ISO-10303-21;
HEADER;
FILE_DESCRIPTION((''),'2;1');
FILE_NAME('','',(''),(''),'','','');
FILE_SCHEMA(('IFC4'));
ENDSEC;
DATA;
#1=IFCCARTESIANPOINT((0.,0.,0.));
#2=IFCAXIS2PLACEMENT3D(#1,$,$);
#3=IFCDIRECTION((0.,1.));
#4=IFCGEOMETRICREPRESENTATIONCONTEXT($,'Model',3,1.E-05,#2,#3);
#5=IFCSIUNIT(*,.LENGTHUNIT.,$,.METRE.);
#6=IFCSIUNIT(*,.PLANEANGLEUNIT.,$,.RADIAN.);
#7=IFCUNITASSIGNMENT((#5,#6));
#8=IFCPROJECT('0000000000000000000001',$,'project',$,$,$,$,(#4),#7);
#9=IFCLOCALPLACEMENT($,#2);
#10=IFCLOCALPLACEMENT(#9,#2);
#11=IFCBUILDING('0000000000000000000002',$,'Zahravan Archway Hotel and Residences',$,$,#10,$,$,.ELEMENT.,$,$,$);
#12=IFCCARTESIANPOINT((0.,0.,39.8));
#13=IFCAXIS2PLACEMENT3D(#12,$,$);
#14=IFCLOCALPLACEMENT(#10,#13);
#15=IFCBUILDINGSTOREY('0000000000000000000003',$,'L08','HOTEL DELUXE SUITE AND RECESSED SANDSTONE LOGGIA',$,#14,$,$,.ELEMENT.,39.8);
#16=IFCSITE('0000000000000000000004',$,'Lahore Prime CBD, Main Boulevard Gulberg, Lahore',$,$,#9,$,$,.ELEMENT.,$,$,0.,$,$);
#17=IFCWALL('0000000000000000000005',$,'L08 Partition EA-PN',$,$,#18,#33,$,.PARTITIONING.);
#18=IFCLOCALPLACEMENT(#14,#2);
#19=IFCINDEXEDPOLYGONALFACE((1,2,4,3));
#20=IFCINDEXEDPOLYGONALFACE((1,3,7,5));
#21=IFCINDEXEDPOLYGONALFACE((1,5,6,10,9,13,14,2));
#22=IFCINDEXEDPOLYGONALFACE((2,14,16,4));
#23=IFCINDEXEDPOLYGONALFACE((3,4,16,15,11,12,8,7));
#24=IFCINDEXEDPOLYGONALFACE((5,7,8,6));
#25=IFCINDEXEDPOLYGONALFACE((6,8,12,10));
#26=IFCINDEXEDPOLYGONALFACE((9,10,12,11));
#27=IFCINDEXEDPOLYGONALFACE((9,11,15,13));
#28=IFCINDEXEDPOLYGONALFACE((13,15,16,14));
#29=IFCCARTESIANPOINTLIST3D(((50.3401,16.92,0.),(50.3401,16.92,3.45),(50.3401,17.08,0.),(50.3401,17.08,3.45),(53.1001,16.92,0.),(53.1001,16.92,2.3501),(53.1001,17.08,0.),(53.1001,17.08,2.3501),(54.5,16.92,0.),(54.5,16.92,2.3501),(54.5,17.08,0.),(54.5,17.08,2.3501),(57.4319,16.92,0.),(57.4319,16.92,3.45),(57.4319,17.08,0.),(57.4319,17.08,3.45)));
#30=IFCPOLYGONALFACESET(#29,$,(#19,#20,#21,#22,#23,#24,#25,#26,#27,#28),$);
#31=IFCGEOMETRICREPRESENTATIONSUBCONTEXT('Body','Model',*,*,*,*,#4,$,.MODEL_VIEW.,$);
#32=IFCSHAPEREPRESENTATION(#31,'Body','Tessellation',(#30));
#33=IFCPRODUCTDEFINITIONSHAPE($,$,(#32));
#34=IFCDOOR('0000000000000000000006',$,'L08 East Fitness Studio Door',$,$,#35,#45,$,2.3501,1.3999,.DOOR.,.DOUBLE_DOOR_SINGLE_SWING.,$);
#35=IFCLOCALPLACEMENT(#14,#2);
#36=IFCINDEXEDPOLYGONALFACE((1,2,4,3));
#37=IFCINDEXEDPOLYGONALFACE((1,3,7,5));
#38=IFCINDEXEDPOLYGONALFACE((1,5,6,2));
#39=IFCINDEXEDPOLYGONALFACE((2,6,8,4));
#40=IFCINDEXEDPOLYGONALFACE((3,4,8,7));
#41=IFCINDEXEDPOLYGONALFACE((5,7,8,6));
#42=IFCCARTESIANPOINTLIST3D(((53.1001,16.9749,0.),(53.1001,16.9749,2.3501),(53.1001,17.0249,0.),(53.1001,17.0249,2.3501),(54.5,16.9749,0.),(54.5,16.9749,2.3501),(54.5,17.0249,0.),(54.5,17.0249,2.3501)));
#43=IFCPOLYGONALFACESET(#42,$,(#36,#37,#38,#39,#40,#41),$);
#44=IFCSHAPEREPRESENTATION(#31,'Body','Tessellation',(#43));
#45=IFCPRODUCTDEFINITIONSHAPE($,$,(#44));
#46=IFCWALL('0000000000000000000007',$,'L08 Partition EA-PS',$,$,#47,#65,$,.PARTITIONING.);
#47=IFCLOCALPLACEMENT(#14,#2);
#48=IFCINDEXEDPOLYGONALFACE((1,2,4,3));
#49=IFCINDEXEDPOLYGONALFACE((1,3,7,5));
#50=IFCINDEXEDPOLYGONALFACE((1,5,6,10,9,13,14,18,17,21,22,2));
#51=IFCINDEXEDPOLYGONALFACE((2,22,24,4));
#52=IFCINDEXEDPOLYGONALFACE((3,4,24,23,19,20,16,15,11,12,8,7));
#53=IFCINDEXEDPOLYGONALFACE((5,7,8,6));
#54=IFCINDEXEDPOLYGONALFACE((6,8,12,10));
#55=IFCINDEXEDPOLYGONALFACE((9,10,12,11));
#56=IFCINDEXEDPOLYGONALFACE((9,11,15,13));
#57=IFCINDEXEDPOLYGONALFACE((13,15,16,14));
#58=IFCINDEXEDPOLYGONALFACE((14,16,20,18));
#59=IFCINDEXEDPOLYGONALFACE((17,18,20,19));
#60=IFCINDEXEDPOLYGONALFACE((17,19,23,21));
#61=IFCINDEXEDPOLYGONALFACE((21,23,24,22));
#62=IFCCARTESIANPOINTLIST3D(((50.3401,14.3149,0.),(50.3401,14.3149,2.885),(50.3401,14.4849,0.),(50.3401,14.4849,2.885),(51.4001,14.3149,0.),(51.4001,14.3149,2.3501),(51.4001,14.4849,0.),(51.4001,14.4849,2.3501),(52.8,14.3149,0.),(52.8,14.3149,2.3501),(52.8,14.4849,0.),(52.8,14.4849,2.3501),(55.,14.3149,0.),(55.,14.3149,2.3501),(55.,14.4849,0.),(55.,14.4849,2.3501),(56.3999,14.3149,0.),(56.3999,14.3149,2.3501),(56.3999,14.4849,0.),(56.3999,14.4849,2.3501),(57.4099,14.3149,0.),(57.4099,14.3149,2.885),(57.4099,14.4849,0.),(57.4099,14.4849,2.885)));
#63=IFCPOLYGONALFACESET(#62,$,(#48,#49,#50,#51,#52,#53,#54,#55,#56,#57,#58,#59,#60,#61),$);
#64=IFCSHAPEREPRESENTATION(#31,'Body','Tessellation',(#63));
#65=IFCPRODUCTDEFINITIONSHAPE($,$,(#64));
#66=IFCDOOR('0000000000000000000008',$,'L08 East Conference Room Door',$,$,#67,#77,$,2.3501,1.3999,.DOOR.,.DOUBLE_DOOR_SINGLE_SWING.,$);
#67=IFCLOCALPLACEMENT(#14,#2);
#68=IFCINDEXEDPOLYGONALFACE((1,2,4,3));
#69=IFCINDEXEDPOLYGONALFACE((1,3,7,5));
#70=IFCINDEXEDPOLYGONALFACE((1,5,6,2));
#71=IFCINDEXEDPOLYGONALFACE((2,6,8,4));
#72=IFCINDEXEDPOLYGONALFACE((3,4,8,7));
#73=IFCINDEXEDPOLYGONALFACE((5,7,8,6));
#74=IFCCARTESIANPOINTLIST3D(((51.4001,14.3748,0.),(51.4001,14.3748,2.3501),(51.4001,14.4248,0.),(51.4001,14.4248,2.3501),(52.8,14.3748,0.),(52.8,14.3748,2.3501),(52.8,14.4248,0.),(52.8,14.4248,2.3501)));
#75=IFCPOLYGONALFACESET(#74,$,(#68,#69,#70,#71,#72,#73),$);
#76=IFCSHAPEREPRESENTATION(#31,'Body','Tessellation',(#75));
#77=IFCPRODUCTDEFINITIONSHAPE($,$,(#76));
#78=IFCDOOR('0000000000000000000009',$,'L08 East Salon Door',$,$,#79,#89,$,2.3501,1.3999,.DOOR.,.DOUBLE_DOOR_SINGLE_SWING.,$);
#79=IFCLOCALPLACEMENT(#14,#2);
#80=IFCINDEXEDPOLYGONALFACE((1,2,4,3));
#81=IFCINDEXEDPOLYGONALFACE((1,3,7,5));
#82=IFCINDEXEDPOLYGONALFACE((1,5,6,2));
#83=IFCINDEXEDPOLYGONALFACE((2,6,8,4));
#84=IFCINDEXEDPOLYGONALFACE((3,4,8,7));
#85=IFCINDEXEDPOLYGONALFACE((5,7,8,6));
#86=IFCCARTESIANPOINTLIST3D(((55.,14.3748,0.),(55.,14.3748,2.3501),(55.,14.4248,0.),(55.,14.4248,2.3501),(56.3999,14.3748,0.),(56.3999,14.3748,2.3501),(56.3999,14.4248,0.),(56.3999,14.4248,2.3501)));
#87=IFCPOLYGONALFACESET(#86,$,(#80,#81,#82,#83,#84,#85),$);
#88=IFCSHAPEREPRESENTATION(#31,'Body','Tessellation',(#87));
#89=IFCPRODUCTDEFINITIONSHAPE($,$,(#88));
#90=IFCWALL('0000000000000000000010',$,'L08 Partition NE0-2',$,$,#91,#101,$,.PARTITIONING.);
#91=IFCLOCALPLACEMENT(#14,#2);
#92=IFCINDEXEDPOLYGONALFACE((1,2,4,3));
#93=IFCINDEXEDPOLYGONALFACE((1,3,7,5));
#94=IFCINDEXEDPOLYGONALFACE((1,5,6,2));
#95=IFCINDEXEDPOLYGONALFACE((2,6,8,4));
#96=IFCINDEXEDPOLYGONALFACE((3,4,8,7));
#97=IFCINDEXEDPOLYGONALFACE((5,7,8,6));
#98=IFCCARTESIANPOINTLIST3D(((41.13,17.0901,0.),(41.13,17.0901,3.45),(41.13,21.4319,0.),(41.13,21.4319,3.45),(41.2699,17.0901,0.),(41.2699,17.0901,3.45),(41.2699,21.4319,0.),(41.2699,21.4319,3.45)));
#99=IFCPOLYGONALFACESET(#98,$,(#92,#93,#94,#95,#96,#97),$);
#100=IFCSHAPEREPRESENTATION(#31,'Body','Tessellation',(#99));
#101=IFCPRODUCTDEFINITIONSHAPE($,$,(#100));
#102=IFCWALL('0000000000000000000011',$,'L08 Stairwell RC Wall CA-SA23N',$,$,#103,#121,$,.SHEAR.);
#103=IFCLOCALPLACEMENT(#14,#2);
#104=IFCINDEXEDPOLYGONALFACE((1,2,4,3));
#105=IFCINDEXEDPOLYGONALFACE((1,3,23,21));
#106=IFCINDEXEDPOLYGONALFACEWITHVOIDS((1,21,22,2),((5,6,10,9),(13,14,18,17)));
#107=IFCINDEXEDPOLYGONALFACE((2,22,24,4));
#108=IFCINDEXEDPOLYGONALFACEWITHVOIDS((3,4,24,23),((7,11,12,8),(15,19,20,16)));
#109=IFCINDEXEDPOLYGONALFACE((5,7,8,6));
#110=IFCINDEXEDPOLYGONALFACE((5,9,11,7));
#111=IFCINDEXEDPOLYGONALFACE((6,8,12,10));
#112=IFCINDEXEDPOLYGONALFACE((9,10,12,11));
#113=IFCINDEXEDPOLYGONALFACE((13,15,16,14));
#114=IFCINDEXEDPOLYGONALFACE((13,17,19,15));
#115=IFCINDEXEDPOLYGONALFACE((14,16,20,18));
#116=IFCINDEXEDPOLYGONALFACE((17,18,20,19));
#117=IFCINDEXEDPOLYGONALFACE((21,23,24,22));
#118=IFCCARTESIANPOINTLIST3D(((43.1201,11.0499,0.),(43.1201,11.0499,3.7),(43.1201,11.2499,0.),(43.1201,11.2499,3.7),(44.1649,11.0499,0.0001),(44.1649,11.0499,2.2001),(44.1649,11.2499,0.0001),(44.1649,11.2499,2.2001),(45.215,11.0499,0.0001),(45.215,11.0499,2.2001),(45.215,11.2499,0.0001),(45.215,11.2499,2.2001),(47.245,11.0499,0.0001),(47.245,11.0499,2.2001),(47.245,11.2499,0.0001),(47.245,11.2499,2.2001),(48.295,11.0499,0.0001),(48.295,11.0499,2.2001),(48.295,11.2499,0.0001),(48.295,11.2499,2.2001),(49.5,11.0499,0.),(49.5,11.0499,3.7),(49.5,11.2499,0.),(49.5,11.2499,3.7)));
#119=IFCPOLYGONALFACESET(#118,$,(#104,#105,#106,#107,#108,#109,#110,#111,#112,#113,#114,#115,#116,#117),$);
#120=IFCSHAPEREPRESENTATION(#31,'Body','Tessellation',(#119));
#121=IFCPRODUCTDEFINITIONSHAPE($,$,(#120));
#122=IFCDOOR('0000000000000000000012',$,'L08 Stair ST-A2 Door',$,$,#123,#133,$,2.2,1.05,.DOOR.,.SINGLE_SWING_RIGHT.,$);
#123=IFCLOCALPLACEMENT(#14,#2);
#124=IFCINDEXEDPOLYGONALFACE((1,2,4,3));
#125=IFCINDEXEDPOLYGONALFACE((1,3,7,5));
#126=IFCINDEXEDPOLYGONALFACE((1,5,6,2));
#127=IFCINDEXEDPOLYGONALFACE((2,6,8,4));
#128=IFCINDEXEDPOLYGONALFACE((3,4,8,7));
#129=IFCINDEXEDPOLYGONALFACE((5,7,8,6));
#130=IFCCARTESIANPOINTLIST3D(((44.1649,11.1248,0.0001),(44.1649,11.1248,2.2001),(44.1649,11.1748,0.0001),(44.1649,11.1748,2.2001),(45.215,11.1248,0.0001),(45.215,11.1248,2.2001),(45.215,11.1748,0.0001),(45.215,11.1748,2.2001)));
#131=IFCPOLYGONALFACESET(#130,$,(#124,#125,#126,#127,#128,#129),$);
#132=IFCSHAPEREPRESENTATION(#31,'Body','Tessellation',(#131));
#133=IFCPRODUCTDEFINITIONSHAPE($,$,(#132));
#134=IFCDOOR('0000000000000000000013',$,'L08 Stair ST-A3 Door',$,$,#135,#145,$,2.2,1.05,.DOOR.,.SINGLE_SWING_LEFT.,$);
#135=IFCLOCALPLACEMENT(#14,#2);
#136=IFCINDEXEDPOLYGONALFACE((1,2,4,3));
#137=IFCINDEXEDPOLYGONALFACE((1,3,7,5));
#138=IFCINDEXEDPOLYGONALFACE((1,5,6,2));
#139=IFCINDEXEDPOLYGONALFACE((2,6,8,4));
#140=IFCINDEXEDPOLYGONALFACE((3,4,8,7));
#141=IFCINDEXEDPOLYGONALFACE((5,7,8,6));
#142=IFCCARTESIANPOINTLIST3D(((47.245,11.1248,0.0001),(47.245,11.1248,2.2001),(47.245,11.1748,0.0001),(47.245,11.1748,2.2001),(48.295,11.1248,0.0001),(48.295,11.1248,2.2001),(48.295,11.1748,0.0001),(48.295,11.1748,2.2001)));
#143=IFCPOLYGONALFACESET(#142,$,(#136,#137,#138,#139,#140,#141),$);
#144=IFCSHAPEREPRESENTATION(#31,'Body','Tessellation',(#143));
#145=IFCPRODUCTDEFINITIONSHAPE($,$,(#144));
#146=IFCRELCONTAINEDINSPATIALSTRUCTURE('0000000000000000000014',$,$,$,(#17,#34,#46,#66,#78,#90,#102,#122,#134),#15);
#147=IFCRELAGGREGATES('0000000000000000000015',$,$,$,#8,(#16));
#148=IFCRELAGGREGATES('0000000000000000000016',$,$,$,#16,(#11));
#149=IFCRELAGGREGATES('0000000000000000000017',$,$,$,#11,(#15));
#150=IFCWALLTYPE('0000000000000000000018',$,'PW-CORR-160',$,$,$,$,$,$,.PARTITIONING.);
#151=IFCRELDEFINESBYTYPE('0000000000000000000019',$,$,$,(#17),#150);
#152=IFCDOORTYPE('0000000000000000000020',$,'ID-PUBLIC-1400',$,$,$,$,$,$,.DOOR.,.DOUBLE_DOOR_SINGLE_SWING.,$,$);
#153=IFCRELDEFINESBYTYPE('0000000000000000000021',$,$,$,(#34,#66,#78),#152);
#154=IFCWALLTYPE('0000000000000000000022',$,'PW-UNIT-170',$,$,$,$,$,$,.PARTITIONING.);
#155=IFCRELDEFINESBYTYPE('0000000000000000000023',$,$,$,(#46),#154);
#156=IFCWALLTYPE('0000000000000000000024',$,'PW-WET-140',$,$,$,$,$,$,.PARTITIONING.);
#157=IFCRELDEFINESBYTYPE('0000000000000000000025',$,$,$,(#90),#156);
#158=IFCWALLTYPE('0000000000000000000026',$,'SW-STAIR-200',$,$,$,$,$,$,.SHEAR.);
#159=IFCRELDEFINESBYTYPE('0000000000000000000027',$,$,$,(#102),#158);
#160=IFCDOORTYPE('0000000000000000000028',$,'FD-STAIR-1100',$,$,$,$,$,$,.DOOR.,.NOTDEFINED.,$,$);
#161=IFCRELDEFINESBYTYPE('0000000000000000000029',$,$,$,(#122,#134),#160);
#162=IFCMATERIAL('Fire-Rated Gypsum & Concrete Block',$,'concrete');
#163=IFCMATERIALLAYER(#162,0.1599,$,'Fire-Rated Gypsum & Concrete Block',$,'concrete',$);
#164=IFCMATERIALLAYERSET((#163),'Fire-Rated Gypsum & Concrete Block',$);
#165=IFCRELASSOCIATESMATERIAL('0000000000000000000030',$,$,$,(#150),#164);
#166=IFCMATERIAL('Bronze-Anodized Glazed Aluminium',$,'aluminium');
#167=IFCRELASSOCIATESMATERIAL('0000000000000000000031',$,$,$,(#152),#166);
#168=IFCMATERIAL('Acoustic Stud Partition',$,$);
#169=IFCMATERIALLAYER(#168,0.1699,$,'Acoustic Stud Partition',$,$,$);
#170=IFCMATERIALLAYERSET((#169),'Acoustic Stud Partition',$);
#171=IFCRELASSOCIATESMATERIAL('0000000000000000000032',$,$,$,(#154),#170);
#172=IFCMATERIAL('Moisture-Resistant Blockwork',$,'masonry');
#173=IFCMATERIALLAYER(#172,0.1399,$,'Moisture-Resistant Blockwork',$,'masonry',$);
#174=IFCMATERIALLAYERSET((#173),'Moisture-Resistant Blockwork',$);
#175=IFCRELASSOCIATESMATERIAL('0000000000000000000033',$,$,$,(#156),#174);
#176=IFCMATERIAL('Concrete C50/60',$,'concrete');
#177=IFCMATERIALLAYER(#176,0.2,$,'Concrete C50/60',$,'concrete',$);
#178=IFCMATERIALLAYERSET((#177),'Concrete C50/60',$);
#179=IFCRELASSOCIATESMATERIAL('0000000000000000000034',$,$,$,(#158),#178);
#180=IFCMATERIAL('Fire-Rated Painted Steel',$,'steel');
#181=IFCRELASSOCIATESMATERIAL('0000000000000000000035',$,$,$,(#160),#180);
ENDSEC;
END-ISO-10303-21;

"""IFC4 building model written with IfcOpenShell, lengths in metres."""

from ifc_helpers import new_model, si_unit, direction, frame, frame_2d, origin, place, context, subcontext, project, spatial, rectangle, extrude, source, transform, mapped, material, layer, layer_set, type_object, type_shapes, element, fill, save


model = new_model("IFC4")

# Units and contexts
model_context = context("Model", 3, precision=1e-05, world=origin(), true_north=direction((0.0, 1.0)))
body_context = subcontext(model_context, "Body", "Model", "MODEL_VIEW")
ifc_project = project(units=[si_unit("LENGTHUNIT", "METRE"), si_unit("PLANEANGLEUNIT", "RADIAN")], contexts=[model_context])

# Site, building, storey
site_placement = place(None, origin())
site = spatial("IfcSite", under=ifc_project, at=site_placement, Name="Lahore Prime CBD, Main Boulevard Gulberg, Lahore", CompositionType="ELEMENT", RefElevation=0.0)
building_placement = place(site_placement, origin())
building = spatial("IfcBuilding", under=site, at=building_placement, Name="Zahravan Archway Hotel and Residences", CompositionType="ELEMENT")
storey_placement = place(building_placement, frame((0.0, 0.0, 39.8)))
storey = spatial("IfcBuildingStorey", under=building, at=storey_placement, Name="L08", Description="HOTEL DELUXE SUITE AND RECESSED SANDSTONE LOGGIA", CompositionType="ELEMENT", Elevation=39.8)

# Wall, opening, door
ifc_material_1 = material(Name="Fire-Rated Gypsum & Concrete Block", Category="concrete")
ifc_material_2 = material(Name="Fire-Rated Painted Steel", Category="steel")
ifc_layer_1 = layer(ifc_material_1, 0.1599, Name="Fire-Rated Gypsum & Concrete Block", Category="concrete")
ifc_layer_set_1 = layer_set([ifc_layer_1], Name="Fire-Rated Gypsum & Concrete Block")
wall_type_1 = type_object("IfcWallType", Name="PW-CORR-160", PredefinedType="PARTITIONING", material=ifc_layer_set_1)
wall_1_placement = place(storey_placement, frame((50.3401, 17.0, 0.0), z_axis=(0.0, 0.0, 1.0), x_axis=(1.0, 0.0, 0.0)))
wall_1 = element("IfcWall", 1, at=wall_1_placement, inside=storey, type_object=wall_type_1, Name="L08 Partition EA-PN", PredefinedType="PARTITIONING", context=body_context, shape_type="SweptSolid", body=[
    extrude(rectangle(XDim=7.0918, YDim=0.1599, at=frame_2d((3.5459, 0.0))), origin(), (0.0, 0.0, 1.0), 3.45),
])
opening_1_placement = place(wall_1_placement, frame((2.76, 0.0, 0.0)))
opening_1 = element("IfcOpeningElement", 2, at=opening_1_placement, cuts=wall_1, PredefinedType="OPENING", context=body_context, shape_type="SweptSolid", body=[
    extrude(rectangle(XDim=1.3999, YDim=2.3501, at=frame_2d((0.7, 1.175))), frame((0.0, 0.0898, 0.0), z_axis=(0.0, -1.0, 0.0), x_axis=(1.0, 0.0, 0.0)), (0.0, 0.0, 1.0), 0.1799),
])
ifc_material_3 = material(Name="Bronze-Anodized Glazed Aluminium", Category="aluminium")
door_type_1 = type_object("IfcDoorType", Name="ID-PUBLIC-1400", OperationType="DOUBLE_DOOR_SINGLE_SWING", PredefinedType="DOOR", material=ifc_material_3)
shared_shape_1 = source(origin(), body_context, "Body", "SweptSolid", [
    extrude(rectangle(XDim=1.3999, YDim=2.3501, at=frame_2d((0.7, 1.175))), frame((0.0, 0.0249, 0.0), z_axis=(0.0, -1.0, 0.0), x_axis=(1.0, 0.0, 0.0)), (0.0, 0.0, 1.0), 0.05),
])
type_shapes(door_type_1, [shared_shape_1])
door_1_placement = place(opening_1_placement, origin())
door_1 = element("IfcDoor", 3, at=door_1_placement, inside=storey, type_object=door_type_1, Name="L08 East Fitness Studio Door", OperationType="DOUBLE_DOOR_SINGLE_SWING", OverallHeight=2.3501, OverallWidth=1.3999, PredefinedType="DOOR", context=body_context, shape_type="MappedRepresentation", body=[
    mapped(shared_shape_1, transform((0.0, 0.0, 0.0), scale=1.0)),
])
fill(opening_1, door_1)

# Wall, openings, doors
ifc_material_4 = material(Name="Acoustic Stud Partition")
ifc_layer_2 = layer(ifc_material_4, 0.1699, Name="Acoustic Stud Partition")
ifc_layer_set_2 = layer_set([ifc_layer_2], Name="Acoustic Stud Partition")
wall_type_2 = type_object("IfcWallType", Name="PW-UNIT-170", PredefinedType="PARTITIONING", material=ifc_layer_set_2)
wall_2_placement = place(storey_placement, frame((50.3401, 14.3999, 0.0), z_axis=(0.0, 0.0, 1.0), x_axis=(1.0, 0.0, 0.0)))
wall_2 = element("IfcWall", 4, at=wall_2_placement, inside=storey, type_object=wall_type_2, Name="L08 Partition EA-PS", PredefinedType="PARTITIONING", context=body_context, shape_type="SweptSolid", body=[
    extrude(rectangle(XDim=7.0698, YDim=0.1699, at=frame_2d((3.5349, 0.0))), origin(), (0.0, 0.0, 1.0), 2.885),
])
opening_2_placement = place(wall_2_placement, frame((1.0601, 0.0, 0.0)))
opening_2 = element("IfcOpeningElement", 5, at=opening_2_placement, cuts=wall_2, PredefinedType="OPENING", context=body_context, shape_type="SweptSolid", body=[
    extrude(rectangle(XDim=1.3999, YDim=2.3501, at=frame_2d((0.7, 1.175))), frame((0.0, 0.095, 0.0), z_axis=(0.0, -1.0, 0.0), x_axis=(1.0, 0.0, 0.0)), (0.0, 0.0, 1.0), 0.1899),
])
opening_3_placement = place(wall_2_placement, frame((4.6599, 0.0, 0.0)))
opening_3 = element("IfcOpeningElement", 6, at=opening_3_placement, cuts=wall_2, PredefinedType="OPENING", context=body_context, shape_type="SweptSolid", body=[
    extrude(rectangle(XDim=1.3999, YDim=2.3501, at=frame_2d((0.7, 1.175))), frame((0.0, 0.095, 0.0), z_axis=(0.0, -1.0, 0.0), x_axis=(1.0, 0.0, 0.0)), (0.0, 0.0, 1.0), 0.1899),
])
door_2_placement = place(opening_2_placement, origin())
door_2 = element("IfcDoor", 7, at=door_2_placement, inside=storey, type_object=door_type_1, Name="L08 East Conference Room Door", OperationType="DOUBLE_DOOR_SINGLE_SWING", OverallHeight=2.3501, OverallWidth=1.3999, PredefinedType="DOOR", context=body_context, shape_type="MappedRepresentation", body=[
    mapped(shared_shape_1, transform((0.0, 0.0, 0.0), scale=1.0)),
])
fill(opening_2, door_2)
door_3_placement = place(opening_3_placement, origin())
door_3 = element("IfcDoor", 8, at=door_3_placement, inside=storey, type_object=door_type_1, Name="L08 East Salon Door", OperationType="DOUBLE_DOOR_SINGLE_SWING", OverallHeight=2.3501, OverallWidth=1.3999, PredefinedType="DOOR", context=body_context, shape_type="MappedRepresentation", body=[
    mapped(shared_shape_1, transform((0.0, 0.0, 0.0), scale=1.0)),
])
fill(opening_3, door_3)

# Wall
ifc_material_5 = material(Name="Moisture-Resistant Blockwork", Category="masonry")
ifc_layer_3 = layer(ifc_material_5, 0.1399, Name="Moisture-Resistant Blockwork", Category="masonry")
ifc_layer_set_3 = layer_set([ifc_layer_3], Name="Moisture-Resistant Blockwork")
wall_type_3 = type_object("IfcWallType", Name="PW-WET-140", PredefinedType="PARTITIONING", material=ifc_layer_set_3)
wall_3_placement = place(storey_placement, frame((41.2, 17.0901, 0.0), z_axis=(0.0, 0.0, 1.0), x_axis=(0.0, 1.0, 0.0)))
element("IfcWall", 9, at=wall_3_placement, inside=storey, type_object=wall_type_3, Name="L08 Partition NE0-2", PredefinedType="PARTITIONING", context=body_context, shape_type="SweptSolid", body=[
    extrude(rectangle(XDim=4.3418, YDim=0.1399, at=frame_2d((2.1709, 0.0))), origin(), (0.0, 0.0, 1.0), 3.45),
])

# Wall, openings, doors
ifc_material_6 = material(Name="Concrete C50/60", Category="concrete")
ifc_layer_4 = layer(ifc_material_6, 0.2, Name="Concrete C50/60", Category="concrete")
ifc_layer_set_4 = layer_set([ifc_layer_4], Name="Concrete C50/60")
wall_type_4 = type_object("IfcWallType", Name="SW-STAIR-200", PredefinedType="SHEAR", material=ifc_layer_set_4)
wall_4_placement = place(storey_placement, frame((43.1201, 11.1499, 0.0), z_axis=(0.0, 0.0, 1.0), x_axis=(1.0, 0.0, 0.0)))
wall_4 = element("IfcWall", 10, at=wall_4_placement, inside=storey, type_object=wall_type_4, Name="L08 Stairwell RC Wall CA-SA23N", PredefinedType="SHEAR", context=body_context, shape_type="SweptSolid", body=[
    extrude(rectangle(XDim=6.3799, YDim=0.2, at=frame_2d((3.1899, 0.0))), origin(), (0.0, 0.0, 1.0), 3.7),
])
opening_4_placement = place(wall_4_placement, frame((1.0449, 0.0, 0.0)))
opening_4 = element("IfcOpeningElement", 11, at=opening_4_placement, cuts=wall_4, PredefinedType="OPENING", context=body_context, shape_type="SweptSolid", body=[
    extrude(rectangle(XDim=1.05, YDim=2.2, at=frame_2d((0.5249, 1.1001))), frame((0.0, 0.1099, 0.0), z_axis=(0.0, -1.0, 0.0), x_axis=(1.0, 0.0, 0.0)), (0.0, 0.0, 1.0), 0.22),
])
opening_5_placement = place(wall_4_placement, frame((4.125, 0.0, 0.0)))
opening_5 = element("IfcOpeningElement", 12, at=opening_5_placement, cuts=wall_4, PredefinedType="OPENING", context=body_context, shape_type="SweptSolid", body=[
    extrude(rectangle(XDim=1.05, YDim=2.2, at=frame_2d((0.5249, 1.1001))), frame((0.0, 0.1099, 0.0), z_axis=(0.0, -1.0, 0.0), x_axis=(1.0, 0.0, 0.0)), (0.0, 0.0, 1.0), 0.22),
])
door_type_2 = type_object("IfcDoorType", Name="FD-STAIR-1100", OperationType="NOTDEFINED", PredefinedType="DOOR", material=ifc_material_2)
shared_shape_2 = source(origin(), body_context, "Body", "SweptSolid", [
    extrude(rectangle(XDim=1.05, YDim=2.2, at=frame_2d((0.5249, 1.1001))), frame((0.0, 0.0249, 0.0), z_axis=(0.0, -1.0, 0.0), x_axis=(1.0, 0.0, 0.0)), (0.0, 0.0, 1.0), 0.05),
])
type_shapes(door_type_2, [shared_shape_2])
door_4_placement = place(opening_4_placement, origin())
door_4 = element("IfcDoor", 13, at=door_4_placement, inside=storey, type_object=door_type_2, Name="L08 Stair ST-A2 Door", OperationType="SINGLE_SWING_RIGHT", OverallHeight=2.2, OverallWidth=1.05, PredefinedType="DOOR", context=body_context, shape_type="MappedRepresentation", body=[
    mapped(shared_shape_2, transform((0.0, 0.0, 0.0), scale=1.0)),
])
fill(opening_4, door_4)
door_5_placement = place(opening_5_placement, origin())
door_5 = element("IfcDoor", 14, at=door_5_placement, inside=storey, type_object=door_type_2, Name="L08 Stair ST-A3 Door", OperationType="SINGLE_SWING_LEFT", OverallHeight=2.2, OverallWidth=1.05, PredefinedType="DOOR", context=body_context, shape_type="MappedRepresentation", body=[
    mapped(shared_shape_2, transform((0.0, 0.0, 0.0), scale=1.0)),
])
fill(opening_5, door_5)

save(model, "model.ifc")
